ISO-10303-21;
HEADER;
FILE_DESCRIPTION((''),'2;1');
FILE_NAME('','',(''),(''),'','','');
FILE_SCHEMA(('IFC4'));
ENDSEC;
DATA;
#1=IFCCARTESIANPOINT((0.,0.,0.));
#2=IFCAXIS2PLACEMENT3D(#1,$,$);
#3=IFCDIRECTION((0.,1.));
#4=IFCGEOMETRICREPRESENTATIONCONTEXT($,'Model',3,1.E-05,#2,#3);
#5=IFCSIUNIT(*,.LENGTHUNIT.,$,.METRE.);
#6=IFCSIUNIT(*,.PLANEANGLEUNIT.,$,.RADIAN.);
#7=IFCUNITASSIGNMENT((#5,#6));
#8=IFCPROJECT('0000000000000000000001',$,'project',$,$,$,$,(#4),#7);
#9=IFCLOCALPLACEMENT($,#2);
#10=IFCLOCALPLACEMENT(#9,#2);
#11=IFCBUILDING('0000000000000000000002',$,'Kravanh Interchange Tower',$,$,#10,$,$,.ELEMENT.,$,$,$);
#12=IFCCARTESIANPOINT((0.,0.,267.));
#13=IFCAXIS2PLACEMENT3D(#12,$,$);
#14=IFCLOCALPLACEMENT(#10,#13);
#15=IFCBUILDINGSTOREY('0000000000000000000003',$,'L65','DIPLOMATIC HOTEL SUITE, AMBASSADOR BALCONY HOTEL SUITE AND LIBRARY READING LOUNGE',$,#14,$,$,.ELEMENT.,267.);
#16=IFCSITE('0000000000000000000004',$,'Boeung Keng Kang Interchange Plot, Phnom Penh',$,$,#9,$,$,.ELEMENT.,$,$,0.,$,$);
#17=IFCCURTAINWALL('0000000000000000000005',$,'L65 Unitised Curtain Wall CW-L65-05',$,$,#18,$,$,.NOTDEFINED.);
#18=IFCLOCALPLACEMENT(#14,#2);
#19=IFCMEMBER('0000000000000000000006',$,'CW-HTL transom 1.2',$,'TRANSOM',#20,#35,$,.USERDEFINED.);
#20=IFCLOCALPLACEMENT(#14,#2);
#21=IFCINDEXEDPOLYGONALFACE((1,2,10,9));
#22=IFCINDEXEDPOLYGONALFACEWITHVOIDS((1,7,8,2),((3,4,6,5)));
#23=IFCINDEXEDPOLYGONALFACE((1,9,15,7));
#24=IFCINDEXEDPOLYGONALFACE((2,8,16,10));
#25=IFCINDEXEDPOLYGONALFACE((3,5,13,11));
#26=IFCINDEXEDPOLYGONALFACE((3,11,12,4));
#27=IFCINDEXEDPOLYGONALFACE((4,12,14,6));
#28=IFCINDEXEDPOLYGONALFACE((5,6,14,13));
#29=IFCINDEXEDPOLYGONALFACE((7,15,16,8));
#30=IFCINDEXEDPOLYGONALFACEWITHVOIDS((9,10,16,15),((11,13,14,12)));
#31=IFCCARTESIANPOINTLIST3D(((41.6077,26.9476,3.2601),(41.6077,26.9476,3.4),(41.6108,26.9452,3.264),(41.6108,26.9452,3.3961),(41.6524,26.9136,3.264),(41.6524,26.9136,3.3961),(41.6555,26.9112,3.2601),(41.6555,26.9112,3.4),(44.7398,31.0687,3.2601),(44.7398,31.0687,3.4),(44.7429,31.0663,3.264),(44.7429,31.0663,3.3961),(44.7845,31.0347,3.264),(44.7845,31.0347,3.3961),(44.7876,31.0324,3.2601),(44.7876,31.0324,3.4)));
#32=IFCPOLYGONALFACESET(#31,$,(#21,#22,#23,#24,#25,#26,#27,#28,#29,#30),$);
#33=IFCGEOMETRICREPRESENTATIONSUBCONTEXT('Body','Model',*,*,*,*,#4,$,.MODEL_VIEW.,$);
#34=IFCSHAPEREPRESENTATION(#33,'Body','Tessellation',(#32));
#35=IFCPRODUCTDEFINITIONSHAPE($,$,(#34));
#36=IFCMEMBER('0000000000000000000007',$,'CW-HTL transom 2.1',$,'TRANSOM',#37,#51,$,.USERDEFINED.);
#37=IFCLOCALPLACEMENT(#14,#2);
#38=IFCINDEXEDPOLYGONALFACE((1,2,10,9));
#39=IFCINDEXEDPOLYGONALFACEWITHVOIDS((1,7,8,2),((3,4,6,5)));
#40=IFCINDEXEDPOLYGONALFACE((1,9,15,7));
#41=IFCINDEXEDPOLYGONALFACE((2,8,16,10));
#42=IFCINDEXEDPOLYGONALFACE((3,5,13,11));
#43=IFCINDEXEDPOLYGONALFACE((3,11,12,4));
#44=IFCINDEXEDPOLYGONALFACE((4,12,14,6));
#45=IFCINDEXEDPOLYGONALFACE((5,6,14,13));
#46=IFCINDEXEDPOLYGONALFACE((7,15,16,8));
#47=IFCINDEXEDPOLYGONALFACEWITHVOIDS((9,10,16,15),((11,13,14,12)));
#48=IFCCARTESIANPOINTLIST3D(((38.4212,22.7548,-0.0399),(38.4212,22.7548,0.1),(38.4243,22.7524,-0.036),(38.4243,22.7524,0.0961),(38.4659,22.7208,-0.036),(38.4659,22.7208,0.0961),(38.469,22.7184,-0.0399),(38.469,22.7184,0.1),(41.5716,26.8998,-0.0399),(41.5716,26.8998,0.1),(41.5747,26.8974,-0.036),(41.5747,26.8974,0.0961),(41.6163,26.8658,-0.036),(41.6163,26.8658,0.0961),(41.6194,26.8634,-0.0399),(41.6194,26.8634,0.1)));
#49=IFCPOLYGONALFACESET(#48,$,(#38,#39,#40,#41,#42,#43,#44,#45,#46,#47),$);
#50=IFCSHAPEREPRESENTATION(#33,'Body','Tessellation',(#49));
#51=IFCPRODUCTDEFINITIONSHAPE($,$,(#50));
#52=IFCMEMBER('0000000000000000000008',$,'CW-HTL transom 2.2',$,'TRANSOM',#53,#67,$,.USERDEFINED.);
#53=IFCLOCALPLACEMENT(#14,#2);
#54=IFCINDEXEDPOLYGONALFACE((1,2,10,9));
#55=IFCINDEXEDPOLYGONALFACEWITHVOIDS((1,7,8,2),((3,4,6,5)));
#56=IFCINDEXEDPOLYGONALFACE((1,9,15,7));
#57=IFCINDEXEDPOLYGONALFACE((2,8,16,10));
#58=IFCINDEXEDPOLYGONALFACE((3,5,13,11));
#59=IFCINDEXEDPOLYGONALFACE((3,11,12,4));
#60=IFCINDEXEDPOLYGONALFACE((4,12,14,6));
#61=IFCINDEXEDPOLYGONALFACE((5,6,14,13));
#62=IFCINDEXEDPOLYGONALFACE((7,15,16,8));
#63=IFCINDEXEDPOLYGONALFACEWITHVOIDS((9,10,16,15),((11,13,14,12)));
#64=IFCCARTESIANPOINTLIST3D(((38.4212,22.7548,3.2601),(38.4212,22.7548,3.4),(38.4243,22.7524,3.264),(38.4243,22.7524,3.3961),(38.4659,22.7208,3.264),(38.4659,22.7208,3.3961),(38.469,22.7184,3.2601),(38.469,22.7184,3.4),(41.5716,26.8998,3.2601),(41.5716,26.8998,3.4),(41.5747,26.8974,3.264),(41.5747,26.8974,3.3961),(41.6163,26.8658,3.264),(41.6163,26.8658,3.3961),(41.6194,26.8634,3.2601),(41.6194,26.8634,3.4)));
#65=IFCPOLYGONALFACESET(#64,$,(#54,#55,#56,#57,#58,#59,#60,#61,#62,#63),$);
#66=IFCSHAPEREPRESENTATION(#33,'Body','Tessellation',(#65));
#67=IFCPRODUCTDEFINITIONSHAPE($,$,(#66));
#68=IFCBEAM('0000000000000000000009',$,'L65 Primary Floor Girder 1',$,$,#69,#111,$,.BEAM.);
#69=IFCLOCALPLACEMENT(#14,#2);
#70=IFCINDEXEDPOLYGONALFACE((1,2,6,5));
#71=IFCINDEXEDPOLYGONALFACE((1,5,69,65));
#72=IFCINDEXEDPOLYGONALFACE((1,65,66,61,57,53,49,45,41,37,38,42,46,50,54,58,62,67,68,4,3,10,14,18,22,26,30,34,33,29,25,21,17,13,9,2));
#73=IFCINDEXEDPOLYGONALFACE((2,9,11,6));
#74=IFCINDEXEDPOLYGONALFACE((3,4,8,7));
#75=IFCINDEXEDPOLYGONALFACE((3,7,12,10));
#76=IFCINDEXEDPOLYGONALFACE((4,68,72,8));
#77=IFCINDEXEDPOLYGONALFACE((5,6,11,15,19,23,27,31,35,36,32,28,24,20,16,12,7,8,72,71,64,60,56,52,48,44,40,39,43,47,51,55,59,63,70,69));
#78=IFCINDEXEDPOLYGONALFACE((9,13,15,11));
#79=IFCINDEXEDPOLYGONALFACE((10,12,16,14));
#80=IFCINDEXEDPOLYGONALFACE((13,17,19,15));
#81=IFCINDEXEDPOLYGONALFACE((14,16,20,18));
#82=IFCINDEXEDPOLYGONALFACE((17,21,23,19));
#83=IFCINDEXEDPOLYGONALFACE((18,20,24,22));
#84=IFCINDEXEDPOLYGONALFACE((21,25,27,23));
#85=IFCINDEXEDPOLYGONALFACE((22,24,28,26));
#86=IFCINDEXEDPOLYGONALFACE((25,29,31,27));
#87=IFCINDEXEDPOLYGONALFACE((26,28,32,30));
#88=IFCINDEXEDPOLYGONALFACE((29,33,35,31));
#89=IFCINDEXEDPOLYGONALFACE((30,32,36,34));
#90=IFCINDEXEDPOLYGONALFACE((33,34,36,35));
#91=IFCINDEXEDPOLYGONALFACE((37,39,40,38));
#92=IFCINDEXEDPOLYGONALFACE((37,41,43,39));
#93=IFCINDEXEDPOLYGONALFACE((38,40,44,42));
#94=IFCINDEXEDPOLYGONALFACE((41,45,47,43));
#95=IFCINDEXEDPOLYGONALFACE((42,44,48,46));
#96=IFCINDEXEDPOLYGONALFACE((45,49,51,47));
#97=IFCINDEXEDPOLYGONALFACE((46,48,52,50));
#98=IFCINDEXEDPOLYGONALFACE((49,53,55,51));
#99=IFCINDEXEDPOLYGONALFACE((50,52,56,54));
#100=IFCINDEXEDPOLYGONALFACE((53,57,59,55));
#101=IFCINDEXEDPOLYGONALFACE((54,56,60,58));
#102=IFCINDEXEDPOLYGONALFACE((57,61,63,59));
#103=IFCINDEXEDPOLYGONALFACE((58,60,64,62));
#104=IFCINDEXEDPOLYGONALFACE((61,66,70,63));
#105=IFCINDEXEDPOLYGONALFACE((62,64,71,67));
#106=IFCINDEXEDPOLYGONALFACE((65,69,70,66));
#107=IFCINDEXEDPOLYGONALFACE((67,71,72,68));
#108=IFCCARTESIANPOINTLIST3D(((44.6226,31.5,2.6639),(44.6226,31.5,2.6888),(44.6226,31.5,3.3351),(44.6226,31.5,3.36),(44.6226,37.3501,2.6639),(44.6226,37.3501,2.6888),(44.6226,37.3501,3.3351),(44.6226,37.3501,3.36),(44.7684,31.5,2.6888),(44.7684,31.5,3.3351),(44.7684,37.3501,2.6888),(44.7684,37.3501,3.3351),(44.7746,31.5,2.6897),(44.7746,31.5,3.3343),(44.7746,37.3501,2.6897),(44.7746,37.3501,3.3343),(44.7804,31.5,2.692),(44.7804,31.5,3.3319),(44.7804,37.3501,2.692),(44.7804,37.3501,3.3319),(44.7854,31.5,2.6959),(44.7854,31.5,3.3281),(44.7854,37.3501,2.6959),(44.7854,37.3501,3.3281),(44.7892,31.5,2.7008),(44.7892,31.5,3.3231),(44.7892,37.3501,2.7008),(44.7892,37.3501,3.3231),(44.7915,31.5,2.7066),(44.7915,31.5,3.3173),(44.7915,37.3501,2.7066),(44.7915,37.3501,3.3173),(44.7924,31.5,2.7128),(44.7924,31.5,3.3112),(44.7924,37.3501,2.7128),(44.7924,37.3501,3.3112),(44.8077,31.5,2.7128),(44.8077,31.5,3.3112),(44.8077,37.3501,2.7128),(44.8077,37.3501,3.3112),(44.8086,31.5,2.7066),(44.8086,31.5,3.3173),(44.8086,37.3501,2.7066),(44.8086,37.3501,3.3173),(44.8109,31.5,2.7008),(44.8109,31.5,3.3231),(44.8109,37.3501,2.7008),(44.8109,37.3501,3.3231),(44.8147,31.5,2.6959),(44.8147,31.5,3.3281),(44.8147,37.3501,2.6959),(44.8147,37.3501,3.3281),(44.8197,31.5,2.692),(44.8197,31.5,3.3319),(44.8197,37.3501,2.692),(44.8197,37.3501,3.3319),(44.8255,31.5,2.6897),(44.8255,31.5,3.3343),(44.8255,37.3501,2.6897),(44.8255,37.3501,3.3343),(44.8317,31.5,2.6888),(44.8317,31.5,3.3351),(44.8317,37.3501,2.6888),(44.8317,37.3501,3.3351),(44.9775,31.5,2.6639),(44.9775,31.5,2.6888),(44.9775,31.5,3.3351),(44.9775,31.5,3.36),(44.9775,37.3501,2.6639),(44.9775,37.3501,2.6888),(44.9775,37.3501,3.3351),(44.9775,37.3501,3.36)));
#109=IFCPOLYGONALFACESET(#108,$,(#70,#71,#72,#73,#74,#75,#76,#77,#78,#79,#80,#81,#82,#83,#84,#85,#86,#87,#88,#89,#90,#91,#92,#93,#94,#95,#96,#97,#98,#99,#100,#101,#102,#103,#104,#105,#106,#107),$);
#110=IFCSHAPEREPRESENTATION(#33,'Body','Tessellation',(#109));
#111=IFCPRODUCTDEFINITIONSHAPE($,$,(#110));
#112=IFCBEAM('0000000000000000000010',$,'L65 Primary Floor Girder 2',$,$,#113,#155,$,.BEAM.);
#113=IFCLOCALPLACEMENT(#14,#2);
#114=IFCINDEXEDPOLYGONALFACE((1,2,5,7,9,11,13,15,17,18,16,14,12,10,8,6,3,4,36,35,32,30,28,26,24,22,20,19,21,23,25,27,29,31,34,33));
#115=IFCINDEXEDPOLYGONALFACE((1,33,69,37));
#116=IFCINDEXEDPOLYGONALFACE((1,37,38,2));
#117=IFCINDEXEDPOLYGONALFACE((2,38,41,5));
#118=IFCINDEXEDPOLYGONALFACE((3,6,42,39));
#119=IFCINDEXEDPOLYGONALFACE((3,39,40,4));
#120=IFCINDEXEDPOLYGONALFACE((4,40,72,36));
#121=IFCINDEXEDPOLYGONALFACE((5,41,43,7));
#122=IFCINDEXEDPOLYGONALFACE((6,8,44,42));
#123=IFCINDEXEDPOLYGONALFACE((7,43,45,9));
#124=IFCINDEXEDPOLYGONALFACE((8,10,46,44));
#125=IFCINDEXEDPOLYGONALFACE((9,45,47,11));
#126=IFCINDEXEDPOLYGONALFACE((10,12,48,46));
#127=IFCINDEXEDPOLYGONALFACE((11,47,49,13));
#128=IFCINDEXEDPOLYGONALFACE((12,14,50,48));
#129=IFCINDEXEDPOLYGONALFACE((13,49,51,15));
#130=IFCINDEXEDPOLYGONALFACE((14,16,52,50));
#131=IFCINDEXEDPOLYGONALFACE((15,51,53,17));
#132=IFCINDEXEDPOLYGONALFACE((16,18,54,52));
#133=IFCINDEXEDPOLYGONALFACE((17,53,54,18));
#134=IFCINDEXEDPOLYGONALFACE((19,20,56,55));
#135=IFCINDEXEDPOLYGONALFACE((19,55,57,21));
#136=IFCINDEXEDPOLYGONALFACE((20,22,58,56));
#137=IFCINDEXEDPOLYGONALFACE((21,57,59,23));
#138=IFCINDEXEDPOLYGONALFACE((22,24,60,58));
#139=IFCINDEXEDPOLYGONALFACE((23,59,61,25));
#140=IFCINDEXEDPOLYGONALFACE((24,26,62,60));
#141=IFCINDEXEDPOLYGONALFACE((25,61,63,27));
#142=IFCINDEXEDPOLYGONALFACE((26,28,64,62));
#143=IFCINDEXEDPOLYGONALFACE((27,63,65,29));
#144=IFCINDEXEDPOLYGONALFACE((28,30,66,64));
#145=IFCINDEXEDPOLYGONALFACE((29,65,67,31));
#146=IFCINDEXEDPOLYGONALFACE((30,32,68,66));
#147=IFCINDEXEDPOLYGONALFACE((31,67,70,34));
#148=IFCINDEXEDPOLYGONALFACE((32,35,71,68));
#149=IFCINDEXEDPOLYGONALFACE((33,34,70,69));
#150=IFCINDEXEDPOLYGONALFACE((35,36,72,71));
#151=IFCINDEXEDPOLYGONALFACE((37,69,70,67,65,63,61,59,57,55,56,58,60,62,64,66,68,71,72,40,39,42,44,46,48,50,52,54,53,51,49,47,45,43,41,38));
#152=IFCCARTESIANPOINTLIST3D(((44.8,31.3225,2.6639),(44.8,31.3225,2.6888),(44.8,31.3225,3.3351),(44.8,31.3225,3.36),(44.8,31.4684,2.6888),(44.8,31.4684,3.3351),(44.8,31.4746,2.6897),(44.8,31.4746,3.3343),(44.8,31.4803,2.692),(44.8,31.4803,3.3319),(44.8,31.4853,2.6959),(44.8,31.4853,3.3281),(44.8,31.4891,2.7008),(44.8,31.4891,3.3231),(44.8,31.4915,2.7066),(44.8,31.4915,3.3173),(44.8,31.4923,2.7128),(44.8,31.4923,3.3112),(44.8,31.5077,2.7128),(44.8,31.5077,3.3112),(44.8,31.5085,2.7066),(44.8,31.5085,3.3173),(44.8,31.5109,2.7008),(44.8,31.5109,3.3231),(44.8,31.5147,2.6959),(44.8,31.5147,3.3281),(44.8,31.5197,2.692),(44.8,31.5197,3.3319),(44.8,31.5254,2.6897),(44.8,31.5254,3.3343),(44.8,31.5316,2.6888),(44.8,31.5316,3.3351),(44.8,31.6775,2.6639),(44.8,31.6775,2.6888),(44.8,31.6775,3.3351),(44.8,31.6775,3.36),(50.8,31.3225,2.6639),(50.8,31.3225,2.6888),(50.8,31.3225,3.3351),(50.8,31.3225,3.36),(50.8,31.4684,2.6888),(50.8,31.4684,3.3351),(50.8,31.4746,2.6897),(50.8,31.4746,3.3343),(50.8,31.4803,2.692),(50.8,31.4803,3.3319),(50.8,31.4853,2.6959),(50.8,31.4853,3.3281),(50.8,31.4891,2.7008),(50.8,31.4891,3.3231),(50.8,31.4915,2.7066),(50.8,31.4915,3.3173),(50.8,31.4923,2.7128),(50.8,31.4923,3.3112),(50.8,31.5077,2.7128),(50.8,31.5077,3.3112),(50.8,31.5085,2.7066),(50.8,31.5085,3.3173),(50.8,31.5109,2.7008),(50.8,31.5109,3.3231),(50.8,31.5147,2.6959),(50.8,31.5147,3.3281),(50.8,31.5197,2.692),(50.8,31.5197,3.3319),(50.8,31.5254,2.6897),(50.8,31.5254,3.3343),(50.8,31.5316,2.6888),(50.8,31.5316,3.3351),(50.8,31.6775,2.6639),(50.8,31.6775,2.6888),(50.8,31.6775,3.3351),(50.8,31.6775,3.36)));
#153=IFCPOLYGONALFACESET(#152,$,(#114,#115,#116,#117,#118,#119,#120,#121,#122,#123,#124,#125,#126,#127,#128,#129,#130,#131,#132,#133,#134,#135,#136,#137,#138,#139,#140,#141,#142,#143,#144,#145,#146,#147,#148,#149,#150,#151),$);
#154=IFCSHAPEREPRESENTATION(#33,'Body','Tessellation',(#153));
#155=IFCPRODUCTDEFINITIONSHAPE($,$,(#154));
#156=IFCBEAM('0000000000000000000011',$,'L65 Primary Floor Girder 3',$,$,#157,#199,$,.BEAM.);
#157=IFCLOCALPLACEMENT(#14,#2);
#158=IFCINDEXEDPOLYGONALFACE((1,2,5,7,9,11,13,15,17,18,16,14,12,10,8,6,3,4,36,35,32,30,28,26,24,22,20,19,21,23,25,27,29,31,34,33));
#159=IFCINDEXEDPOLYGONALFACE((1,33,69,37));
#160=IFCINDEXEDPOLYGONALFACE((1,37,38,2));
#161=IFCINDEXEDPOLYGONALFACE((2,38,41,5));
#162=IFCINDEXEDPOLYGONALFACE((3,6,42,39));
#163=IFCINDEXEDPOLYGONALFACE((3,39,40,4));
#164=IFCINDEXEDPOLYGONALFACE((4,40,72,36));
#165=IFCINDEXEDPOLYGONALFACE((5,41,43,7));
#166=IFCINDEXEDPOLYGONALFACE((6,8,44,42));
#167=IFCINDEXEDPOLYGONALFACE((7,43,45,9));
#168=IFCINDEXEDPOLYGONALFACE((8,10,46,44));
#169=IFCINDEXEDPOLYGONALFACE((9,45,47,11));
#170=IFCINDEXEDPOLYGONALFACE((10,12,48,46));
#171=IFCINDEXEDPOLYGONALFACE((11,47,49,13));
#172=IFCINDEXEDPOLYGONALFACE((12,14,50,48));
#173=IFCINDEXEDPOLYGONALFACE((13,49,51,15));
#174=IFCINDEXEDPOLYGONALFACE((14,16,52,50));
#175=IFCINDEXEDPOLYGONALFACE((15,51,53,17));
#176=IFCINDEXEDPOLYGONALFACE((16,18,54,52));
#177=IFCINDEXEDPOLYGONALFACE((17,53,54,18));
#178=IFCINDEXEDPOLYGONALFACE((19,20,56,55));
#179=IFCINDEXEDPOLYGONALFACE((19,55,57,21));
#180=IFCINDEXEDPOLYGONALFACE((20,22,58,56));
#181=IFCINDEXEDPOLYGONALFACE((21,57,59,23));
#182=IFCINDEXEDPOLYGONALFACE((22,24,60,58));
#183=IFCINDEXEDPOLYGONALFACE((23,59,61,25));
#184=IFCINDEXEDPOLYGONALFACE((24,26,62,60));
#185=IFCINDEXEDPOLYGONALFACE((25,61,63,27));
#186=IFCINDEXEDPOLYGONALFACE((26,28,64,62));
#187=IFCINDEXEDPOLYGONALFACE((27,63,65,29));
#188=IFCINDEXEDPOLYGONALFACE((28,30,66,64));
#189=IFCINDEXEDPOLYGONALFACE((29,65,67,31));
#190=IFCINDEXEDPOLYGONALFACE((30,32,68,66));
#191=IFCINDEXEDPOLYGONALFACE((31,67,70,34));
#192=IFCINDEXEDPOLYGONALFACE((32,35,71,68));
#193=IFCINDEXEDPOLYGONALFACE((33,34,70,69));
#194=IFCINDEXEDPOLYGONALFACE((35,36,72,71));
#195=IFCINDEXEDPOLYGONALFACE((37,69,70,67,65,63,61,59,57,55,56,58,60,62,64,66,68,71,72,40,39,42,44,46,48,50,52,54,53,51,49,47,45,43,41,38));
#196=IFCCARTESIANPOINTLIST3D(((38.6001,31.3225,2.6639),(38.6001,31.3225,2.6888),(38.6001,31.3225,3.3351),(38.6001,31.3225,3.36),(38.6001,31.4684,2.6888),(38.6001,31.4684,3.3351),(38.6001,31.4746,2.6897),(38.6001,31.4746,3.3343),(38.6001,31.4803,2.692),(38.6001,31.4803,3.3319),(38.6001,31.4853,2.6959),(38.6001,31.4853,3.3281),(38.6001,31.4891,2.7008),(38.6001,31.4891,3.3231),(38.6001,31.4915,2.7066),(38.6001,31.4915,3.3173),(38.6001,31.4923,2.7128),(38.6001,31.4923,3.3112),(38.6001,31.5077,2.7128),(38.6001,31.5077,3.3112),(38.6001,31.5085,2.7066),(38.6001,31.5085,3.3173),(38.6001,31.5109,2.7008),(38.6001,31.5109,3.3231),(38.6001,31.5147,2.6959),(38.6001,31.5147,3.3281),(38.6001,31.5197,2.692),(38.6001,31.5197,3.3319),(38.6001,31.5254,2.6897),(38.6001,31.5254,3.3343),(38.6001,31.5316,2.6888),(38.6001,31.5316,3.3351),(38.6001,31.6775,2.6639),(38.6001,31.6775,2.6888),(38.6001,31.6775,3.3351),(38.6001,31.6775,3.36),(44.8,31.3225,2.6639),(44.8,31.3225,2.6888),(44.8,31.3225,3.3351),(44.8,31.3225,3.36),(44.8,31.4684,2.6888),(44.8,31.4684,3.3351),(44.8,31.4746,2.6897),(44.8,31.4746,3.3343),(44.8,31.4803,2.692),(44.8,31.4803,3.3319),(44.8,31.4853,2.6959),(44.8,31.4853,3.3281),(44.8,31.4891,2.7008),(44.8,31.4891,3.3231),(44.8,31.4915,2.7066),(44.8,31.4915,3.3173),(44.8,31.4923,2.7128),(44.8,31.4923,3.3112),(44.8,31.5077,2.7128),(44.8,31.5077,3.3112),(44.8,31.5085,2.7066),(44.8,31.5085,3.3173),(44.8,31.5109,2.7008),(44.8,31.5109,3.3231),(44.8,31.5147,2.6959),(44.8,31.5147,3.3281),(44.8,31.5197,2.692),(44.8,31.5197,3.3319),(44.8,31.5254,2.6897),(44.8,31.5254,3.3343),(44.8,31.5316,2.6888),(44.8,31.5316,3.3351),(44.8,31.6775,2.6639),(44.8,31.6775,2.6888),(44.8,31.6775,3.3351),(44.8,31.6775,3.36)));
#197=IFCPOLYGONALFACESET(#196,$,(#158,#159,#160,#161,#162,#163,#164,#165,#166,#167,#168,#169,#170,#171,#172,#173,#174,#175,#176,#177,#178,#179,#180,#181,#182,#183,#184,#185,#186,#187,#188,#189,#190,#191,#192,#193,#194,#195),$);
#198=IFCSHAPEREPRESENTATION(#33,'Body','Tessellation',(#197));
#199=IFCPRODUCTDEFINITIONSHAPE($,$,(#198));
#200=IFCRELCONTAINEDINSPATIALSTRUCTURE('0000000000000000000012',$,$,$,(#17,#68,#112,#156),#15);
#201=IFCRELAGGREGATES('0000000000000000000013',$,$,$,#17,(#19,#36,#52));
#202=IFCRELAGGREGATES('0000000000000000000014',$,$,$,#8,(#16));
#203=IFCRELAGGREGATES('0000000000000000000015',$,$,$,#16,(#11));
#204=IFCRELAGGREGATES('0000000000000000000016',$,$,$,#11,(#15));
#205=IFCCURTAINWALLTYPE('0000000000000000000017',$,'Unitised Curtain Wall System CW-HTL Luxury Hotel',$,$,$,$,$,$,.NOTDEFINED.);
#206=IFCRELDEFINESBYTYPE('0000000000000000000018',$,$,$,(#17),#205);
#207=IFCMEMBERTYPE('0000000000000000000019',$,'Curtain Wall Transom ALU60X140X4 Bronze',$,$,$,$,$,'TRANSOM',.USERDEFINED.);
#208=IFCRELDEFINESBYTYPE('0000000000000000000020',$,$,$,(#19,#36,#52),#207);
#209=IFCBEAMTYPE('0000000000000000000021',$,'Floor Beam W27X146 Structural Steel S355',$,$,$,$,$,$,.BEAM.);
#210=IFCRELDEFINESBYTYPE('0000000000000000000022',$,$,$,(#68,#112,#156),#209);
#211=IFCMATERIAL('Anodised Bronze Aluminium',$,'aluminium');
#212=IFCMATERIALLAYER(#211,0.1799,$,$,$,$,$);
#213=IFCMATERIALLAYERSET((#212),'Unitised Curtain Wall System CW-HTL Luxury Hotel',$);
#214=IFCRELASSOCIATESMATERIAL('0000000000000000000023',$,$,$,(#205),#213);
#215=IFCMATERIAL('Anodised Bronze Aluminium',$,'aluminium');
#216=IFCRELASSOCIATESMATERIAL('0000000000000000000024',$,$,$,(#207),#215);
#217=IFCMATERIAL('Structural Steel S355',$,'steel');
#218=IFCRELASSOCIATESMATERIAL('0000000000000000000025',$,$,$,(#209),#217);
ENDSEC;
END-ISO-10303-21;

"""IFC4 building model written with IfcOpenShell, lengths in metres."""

from ifc_helpers import new_model, si_unit, direction, frame, origin, origin_2d, place, context, subcontext, project, spatial, hollow_rectangle, i_section, extrude, material, layer, layer_set, material_profile, profile_set, type_object, element, aggregate, save


model = new_model("IFC4")

# Units and contexts
model_context = context("Model", 3, precision=1e-05, world=origin(), true_north=direction((0.0, 1.0)))
body_context = subcontext(model_context, "Body", "Model", "MODEL_VIEW")
ifc_project = project(units=[si_unit("LENGTHUNIT", "METRE"), si_unit("PLANEANGLEUNIT", "RADIAN")], contexts=[model_context])

# Site, building, storey
site_placement = place(None, origin())
site = spatial("IfcSite", under=ifc_project, at=site_placement, Name="Boeung Keng Kang Interchange Plot, Phnom Penh", CompositionType="ELEMENT", RefElevation=0.0)
building_placement = place(site_placement, origin())
building = spatial("IfcBuilding", under=site, at=building_placement, Name="Kravanh Interchange Tower", CompositionType="ELEMENT")
storey_placement = place(building_placement, frame((0.0, 0.0, 267.0)))
storey = spatial("IfcBuildingStorey", under=building, at=storey_placement, Name="L65", Description="DIPLOMATIC HOTEL SUITE, AMBASSADOR BALCONY HOTEL SUITE AND LIBRARY READING LOUNGE", CompositionType="ELEMENT", Elevation=267.0)

# Curtain wall
ifc_material_1 = material(Name="Anodised Bronze Aluminium", Category="aluminium")
ifc_layer_1 = layer(ifc_material_1, 0.1799)
ifc_layer_set_1 = layer_set([ifc_layer_1], Name="Unitised Curtain Wall System CW-HTL Luxury Hotel")
curtain_wall_type = type_object("IfcCurtainWallType", Name="Unitised Curtain Wall System CW-HTL Luxury Hotel", PredefinedType="NOTDEFINED", material=ifc_layer_set_1)
curtain_wall_1_placement = place(storey_placement, origin())
curtain_wall_1 = element("IfcCurtainWall", 1, at=curtain_wall_1_placement, inside=storey, type_object=curtain_wall_type, Name="L65 Unitised Curtain Wall CW-L65-05", PredefinedType="NOTDEFINED")

# Members
ifc_material_2 = material(Name="Anodised Bronze Aluminium", Category="aluminium")
ifc_material_profile_1 = material_profile(ifc_material_2, hollow_rectangle(XDim=0.0601, YDim=0.1399, WallThickness=0.0039, at=origin_2d()), Name="ALU60X140X4")
ifc_profile_set_1 = profile_set([ifc_material_profile_1], Name="Anodised Bronze Aluminium")
member_type_1 = type_object("IfcMemberType", Name="Curtain Wall Transom ALU60X140X4 Bronze", ElementType="TRANSOM", PredefinedType="USERDEFINED", material=ifc_profile_set_1)
member_1_placement = place(storey_placement, frame((44.7637, 31.0505, 3.3301), z_axis=(-0.605089, -0.796158, 0.0), x_axis=(0.796158, -0.605089, 0.0)))
member_1 = element("IfcMember", 2, at=member_1_placement, type_object=member_type_1, Name="CW-HTL transom 1.2", ObjectType="TRANSOM", PredefinedType="USERDEFINED", context=body_context, shape_type="SweptSolid", body=[
    extrude(hollow_rectangle(XDim=0.0601, YDim=0.1399, WallThickness=0.0039, at=origin_2d()), origin(), (0.0, 0.0, 1.0), 5.1763),
])
member_2_placement = place(storey_placement, frame((41.5955, 26.8816, 0.03), z_axis=(-0.605105, -0.796146, 0.0), x_axis=(0.796146, -0.605105, 0.0)))
member_2 = element("IfcMember", 3, at=member_2_placement, type_object=member_type_1, Name="CW-HTL transom 2.1", ObjectType="TRANSOM", PredefinedType="USERDEFINED", context=body_context, shape_type="SweptSolid", body=[
    extrude(hollow_rectangle(XDim=0.0601, YDim=0.1399, WallThickness=0.0039, at=origin_2d()), origin(), (0.0, 0.0, 1.0), 5.2063),
])
member_3_placement = place(storey_placement, frame((41.5955, 26.8816, 3.3301), z_axis=(-0.605105, -0.796146, 0.0), x_axis=(0.796146, -0.605105, 0.0)))
member_3 = element("IfcMember", 4, at=member_3_placement, type_object=member_type_1, Name="CW-HTL transom 2.2", ObjectType="TRANSOM", PredefinedType="USERDEFINED", context=body_context, shape_type="SweptSolid", body=[
    extrude(hollow_rectangle(XDim=0.0601, YDim=0.1399, WallThickness=0.0039, at=origin_2d()), origin(), (0.0, 0.0, 1.0), 5.2063),
])

# Beams
ifc_material_3 = material(Name="Structural Steel S355", Category="steel")
ifc_material_profile_2 = material_profile(ifc_material_3, i_section(OverallWidth=0.355, OverallDepth=0.696, WebThickness=0.0154, FlangeThickness=0.0249, FilletRadius=0.0239, at=origin_2d()), Name="W27X146")
ifc_profile_set_2 = profile_set([ifc_material_profile_2], Name="Structural Steel S355")
beam_type_1 = type_object("IfcBeamType", Name="Floor Beam W27X146 Structural Steel S355", PredefinedType="BEAM", material=ifc_profile_set_2)
beam_1_placement = place(storey_placement, frame((44.8, 31.5, 3.012), z_axis=(0.0, 1.0, 0.0), x_axis=(-1.0, 0.0, 0.0)))
element("IfcBeam", 5, at=beam_1_placement, inside=storey, type_object=beam_type_1, Name="L65 Primary Floor Girder 1", PredefinedType="BEAM", context=body_context, shape_type="SweptSolid", body=[
    extrude(i_section(OverallWidth=0.355, OverallDepth=0.696, WebThickness=0.0154, FlangeThickness=0.0249, FilletRadius=0.0239, at=origin_2d()), origin(), (0.0, 0.0, 1.0), 5.8501),
])
beam_2_placement = place(storey_placement, frame((44.8, 31.5, 3.012), z_axis=(1.0, 0.0, 0.0), x_axis=(0.0, 1.0, 0.0)))
element("IfcBeam", 6, at=beam_2_placement, inside=storey, type_object=beam_type_1, Name="L65 Primary Floor Girder 2", PredefinedType="BEAM", context=body_context, shape_type="SweptSolid", body=[
    extrude(i_section(OverallWidth=0.355, OverallDepth=0.696, WebThickness=0.0154, FlangeThickness=0.0249, FilletRadius=0.0239, at=origin_2d()), origin(), (0.0, 0.0, 1.0), 6.0),
])
beam_3_placement = place(storey_placement, frame((44.8, 31.5, 3.012), z_axis=(-1.0, 0.0, 0.0), x_axis=(0.0, -1.0, 0.0)))
element("IfcBeam", 7, at=beam_3_placement, inside=storey, type_object=beam_type_1, Name="L65 Primary Floor Girder 3", PredefinedType="BEAM", context=body_context, shape_type="SweptSolid", body=[
    extrude(i_section(OverallWidth=0.355, OverallDepth=0.696, WebThickness=0.0154, FlangeThickness=0.0249, FilletRadius=0.0239, at=origin_2d()), origin(), (0.0, 0.0, 1.0), 6.2),
])

aggregate(curtain_wall_1, [member_1, member_2, member_3])

save(model, "model.ifc")
